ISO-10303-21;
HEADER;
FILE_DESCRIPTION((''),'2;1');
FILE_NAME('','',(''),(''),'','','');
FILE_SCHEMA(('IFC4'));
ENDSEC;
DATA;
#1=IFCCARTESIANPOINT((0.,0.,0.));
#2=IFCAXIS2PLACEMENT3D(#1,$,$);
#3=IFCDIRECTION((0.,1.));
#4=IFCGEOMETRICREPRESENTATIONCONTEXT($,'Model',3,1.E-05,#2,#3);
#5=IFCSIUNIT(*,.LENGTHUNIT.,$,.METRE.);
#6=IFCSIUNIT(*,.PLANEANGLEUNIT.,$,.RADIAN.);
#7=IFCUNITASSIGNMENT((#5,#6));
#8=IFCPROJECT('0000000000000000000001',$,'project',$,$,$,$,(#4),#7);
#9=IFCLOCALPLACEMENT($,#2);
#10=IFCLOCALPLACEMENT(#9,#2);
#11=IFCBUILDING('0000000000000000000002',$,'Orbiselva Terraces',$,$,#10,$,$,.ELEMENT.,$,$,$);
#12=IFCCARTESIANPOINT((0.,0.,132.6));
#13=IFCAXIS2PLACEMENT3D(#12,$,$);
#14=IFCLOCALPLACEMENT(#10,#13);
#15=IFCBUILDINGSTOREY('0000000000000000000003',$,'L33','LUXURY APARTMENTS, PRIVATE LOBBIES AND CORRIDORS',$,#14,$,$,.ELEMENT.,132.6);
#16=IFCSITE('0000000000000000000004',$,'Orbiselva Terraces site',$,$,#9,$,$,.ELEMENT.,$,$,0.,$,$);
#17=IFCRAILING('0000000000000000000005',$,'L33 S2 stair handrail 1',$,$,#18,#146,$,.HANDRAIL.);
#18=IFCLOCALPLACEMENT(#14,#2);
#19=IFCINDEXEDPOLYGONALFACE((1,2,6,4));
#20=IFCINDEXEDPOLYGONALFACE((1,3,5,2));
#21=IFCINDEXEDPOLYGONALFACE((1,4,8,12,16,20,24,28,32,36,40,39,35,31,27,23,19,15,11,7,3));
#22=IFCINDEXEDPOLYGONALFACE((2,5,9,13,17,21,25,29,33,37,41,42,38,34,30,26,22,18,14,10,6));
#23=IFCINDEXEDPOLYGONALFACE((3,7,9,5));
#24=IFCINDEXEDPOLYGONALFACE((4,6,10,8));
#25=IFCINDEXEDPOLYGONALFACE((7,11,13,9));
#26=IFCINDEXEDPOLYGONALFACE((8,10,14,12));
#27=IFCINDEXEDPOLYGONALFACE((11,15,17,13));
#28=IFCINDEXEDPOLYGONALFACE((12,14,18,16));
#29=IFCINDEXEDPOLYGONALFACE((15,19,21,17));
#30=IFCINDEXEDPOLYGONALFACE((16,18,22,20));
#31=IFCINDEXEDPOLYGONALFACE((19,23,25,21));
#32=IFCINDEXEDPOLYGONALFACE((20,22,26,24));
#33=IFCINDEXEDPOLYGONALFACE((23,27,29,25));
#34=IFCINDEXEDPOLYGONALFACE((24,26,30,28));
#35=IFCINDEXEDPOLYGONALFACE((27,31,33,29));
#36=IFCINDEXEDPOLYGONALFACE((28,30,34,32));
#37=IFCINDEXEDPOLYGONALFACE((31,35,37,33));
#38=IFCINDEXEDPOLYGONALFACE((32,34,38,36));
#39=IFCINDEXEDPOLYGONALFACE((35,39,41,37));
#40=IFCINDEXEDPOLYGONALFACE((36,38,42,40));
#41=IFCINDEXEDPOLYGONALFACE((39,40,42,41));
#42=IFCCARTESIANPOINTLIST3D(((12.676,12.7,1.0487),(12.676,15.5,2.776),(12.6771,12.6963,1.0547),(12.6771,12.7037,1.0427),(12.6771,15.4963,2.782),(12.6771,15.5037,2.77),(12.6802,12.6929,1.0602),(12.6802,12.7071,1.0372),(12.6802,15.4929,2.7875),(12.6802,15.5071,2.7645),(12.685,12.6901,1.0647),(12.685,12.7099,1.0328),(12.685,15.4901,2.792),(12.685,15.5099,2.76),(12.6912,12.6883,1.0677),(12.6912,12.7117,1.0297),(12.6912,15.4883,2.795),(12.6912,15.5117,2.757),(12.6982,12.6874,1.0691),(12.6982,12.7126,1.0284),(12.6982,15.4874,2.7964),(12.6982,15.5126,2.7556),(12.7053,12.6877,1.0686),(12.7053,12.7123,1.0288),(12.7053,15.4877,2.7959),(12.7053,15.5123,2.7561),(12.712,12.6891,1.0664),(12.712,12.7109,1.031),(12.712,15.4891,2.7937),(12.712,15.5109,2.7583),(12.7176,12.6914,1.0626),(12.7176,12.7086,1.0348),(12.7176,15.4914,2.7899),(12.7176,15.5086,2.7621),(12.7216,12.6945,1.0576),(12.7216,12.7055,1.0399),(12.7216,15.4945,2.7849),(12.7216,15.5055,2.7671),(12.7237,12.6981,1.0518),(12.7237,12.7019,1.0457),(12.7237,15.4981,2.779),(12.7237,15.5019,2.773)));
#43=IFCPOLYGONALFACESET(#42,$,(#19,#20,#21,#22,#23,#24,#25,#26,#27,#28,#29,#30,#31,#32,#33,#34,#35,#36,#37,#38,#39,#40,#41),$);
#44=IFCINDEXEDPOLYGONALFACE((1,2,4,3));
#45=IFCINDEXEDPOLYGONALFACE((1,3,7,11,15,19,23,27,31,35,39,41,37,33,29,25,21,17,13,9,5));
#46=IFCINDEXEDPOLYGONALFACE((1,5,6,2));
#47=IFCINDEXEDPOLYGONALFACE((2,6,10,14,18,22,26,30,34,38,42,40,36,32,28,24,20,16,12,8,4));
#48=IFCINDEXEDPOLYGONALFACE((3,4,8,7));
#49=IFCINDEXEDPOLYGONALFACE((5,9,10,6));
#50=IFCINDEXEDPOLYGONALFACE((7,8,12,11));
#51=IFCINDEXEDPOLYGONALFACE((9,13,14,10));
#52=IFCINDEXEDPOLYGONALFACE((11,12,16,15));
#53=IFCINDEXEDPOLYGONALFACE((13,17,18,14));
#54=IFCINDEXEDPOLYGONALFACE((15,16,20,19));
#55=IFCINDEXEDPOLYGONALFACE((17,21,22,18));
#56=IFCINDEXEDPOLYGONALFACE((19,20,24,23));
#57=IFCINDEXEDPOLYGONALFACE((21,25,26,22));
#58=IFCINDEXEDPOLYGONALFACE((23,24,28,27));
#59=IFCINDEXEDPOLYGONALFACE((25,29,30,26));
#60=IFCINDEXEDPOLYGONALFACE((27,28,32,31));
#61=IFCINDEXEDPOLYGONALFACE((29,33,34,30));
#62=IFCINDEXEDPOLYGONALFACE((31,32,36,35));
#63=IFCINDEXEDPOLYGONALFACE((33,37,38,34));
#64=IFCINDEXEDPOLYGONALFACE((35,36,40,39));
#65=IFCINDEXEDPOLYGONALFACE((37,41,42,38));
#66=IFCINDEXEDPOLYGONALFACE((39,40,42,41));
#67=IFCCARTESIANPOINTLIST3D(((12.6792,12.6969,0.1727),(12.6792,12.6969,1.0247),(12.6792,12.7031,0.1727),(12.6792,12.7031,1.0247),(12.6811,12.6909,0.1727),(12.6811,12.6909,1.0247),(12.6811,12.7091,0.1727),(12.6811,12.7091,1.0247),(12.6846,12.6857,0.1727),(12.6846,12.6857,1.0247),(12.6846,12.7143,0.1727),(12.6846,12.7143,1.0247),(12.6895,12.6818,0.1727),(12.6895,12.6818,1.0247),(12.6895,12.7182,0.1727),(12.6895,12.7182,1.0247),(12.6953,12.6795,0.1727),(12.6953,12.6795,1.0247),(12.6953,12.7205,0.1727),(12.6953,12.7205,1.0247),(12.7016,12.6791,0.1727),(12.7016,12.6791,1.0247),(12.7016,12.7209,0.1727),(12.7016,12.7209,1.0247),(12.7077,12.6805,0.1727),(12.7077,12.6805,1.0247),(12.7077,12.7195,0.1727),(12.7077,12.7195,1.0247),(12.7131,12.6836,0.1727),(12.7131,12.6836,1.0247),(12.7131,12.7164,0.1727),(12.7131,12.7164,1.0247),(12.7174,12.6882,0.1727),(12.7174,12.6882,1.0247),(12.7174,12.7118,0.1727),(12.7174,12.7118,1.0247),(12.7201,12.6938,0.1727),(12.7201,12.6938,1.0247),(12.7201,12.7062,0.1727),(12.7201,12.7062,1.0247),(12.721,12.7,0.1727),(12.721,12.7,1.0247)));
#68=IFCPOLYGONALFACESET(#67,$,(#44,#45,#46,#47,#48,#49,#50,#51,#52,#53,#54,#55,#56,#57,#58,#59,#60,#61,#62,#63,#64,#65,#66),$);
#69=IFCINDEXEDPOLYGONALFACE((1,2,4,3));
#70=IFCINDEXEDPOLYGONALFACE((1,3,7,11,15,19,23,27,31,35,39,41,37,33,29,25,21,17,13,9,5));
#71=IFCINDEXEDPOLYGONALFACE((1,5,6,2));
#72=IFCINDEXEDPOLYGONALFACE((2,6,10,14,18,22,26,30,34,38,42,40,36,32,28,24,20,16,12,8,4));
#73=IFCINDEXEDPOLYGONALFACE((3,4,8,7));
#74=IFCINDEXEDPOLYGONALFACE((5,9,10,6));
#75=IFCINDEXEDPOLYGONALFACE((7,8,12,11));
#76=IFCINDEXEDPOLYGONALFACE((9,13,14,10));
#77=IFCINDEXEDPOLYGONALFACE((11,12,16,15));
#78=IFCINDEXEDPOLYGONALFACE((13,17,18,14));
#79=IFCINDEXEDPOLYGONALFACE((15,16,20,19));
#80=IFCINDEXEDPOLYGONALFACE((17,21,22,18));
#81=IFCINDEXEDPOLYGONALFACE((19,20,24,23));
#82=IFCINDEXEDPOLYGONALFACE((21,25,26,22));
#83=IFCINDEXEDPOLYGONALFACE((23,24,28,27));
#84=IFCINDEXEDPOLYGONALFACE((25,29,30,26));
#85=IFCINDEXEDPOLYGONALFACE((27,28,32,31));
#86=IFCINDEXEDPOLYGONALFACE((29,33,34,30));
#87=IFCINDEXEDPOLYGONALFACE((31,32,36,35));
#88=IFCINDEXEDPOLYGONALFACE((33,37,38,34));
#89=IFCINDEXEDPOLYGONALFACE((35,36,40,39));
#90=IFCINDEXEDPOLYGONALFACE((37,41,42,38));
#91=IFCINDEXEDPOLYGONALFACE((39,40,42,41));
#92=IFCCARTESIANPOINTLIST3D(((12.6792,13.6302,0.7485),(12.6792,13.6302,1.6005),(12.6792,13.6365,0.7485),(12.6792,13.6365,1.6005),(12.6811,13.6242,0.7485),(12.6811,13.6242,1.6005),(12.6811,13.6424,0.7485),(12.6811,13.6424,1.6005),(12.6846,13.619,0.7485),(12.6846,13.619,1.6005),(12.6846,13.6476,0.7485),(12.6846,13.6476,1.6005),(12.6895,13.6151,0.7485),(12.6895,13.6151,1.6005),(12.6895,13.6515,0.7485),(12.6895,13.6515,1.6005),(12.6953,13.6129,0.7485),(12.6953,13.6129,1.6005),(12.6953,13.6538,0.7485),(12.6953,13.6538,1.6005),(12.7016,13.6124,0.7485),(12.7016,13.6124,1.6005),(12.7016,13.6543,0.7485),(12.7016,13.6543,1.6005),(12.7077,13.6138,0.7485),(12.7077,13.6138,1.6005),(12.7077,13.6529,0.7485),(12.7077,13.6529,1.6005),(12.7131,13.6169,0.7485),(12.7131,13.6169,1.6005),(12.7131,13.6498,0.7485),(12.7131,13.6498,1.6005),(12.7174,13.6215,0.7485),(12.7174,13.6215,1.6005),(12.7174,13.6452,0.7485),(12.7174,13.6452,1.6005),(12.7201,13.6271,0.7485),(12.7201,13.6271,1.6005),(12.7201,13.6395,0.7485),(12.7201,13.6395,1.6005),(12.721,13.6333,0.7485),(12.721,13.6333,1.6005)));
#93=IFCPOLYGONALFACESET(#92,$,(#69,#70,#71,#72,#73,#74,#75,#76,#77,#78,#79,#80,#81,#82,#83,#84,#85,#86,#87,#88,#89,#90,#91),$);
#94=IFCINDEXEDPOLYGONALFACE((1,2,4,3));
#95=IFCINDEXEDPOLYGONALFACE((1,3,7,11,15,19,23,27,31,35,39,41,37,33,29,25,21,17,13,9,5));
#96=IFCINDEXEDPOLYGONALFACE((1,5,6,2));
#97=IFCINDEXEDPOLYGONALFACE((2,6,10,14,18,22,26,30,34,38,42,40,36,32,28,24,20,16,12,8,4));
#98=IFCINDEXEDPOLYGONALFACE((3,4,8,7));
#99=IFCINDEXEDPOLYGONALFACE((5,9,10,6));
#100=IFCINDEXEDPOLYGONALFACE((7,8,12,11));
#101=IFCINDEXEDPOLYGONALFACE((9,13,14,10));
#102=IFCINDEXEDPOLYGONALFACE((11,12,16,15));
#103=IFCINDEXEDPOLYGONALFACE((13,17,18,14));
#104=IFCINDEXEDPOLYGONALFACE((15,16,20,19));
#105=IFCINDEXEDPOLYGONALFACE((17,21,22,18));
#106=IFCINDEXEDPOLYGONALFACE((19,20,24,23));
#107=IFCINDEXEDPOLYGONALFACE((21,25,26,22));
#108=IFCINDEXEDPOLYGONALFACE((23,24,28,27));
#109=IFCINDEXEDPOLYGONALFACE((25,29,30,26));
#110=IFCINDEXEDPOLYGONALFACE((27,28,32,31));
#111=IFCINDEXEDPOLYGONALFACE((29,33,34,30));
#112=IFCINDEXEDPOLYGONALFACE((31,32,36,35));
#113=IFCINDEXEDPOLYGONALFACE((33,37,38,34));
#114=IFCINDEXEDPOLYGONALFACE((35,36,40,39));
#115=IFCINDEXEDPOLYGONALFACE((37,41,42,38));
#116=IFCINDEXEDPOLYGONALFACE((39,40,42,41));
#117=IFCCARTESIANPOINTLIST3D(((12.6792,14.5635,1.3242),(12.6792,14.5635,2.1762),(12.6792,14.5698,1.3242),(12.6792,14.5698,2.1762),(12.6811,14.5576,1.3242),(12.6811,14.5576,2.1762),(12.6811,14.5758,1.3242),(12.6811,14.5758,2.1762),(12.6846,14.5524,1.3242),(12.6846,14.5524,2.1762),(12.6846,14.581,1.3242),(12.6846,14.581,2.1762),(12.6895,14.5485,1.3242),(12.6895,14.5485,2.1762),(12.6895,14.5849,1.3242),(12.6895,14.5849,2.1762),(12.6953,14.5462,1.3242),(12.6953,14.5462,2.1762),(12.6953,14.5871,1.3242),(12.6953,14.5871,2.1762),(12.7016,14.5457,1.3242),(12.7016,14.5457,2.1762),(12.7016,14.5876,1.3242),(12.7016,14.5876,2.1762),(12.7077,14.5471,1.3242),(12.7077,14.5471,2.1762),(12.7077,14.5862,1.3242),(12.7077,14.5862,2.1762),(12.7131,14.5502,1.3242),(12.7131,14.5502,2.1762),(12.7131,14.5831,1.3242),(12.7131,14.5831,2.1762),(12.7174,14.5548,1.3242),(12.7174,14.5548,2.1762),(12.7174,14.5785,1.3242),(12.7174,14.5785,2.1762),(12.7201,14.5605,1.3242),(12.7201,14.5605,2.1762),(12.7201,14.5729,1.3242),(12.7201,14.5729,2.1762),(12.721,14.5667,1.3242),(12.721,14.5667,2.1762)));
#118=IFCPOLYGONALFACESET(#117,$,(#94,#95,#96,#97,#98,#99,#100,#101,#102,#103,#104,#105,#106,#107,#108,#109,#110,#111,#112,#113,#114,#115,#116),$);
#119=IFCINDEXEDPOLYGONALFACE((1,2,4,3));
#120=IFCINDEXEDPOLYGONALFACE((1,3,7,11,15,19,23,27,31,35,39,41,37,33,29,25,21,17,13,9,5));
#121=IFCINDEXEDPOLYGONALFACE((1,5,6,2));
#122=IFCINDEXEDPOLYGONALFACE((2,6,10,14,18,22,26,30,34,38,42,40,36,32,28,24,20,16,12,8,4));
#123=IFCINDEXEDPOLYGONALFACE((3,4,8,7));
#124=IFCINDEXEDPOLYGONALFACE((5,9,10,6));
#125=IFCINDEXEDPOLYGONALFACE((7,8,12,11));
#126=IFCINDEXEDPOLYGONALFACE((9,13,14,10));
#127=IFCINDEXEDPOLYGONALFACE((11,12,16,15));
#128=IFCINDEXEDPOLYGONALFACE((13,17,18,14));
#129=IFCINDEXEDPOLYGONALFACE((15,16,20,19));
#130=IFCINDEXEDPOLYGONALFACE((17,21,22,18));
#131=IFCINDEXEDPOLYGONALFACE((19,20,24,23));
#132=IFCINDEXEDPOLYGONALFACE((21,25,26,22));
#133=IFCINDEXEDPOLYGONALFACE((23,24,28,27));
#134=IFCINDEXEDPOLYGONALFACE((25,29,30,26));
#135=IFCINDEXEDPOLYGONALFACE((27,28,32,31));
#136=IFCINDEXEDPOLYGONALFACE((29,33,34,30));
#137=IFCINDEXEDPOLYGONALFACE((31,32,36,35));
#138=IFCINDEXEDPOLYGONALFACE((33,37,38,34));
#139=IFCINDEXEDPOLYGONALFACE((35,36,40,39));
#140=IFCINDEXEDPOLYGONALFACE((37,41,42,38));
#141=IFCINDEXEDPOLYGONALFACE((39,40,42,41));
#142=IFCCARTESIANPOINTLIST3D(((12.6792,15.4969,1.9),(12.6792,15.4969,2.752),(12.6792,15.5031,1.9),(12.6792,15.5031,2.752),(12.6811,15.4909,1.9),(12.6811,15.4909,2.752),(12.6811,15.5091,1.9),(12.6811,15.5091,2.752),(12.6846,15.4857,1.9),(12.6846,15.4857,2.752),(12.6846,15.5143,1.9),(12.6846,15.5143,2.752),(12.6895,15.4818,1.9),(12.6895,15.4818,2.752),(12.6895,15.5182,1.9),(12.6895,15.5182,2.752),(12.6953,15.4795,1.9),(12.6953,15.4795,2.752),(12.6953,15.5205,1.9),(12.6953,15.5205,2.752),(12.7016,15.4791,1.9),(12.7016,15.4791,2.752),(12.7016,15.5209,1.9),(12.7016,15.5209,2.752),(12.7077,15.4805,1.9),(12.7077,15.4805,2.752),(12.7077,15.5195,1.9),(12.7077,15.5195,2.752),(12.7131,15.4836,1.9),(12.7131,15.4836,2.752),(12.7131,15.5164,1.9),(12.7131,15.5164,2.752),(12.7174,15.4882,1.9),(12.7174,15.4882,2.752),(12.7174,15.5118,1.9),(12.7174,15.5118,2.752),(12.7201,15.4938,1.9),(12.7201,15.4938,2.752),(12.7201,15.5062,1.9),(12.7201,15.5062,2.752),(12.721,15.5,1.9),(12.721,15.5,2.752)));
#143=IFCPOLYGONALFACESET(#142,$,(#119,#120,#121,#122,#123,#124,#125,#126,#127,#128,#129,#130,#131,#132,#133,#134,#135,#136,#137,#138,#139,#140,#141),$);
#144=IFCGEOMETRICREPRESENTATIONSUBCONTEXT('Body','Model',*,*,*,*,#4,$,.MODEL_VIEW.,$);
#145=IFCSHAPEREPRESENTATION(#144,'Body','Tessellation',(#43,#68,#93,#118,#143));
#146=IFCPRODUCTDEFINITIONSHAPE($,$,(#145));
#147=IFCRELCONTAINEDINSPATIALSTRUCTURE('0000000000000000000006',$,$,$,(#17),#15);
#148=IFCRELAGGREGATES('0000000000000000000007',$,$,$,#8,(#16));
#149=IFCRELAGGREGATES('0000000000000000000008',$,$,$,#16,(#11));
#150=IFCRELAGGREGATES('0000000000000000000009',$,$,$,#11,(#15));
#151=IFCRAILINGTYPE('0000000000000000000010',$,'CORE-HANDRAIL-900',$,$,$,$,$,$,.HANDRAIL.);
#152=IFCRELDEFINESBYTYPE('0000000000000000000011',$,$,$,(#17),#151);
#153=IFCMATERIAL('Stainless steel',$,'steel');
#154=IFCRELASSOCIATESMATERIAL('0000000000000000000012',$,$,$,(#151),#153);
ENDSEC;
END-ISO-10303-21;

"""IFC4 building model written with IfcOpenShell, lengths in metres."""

from ifc_helpers import new_model, si_unit, direction, frame, origin, origin_2d, place, context, subcontext, project, spatial, circle, extrude, material, type_object, element, save


model = new_model("IFC4")

# Units and contexts
model_context = context("Model", 3, precision=1e-05, world=origin(), true_north=direction((0.0, 1.0)))
body_context = subcontext(model_context, "Body", "Model", "MODEL_VIEW")
ifc_project = project(units=[si_unit("LENGTHUNIT", "METRE"), si_unit("PLANEANGLEUNIT", "RADIAN")], contexts=[model_context])

# Site, building, storey
site_placement = place(None, origin())
site = spatial("IfcSite", under=ifc_project, at=site_placement, Name="Orbiselva Terraces site", CompositionType="ELEMENT", RefElevation=0.0)
building_placement = place(site_placement, origin())
building = spatial("IfcBuilding", under=site, at=building_placement, Name="Orbiselva Terraces", CompositionType="ELEMENT")
storey_placement = place(building_placement, frame((0.0, 0.0, 132.6)))
storey = spatial("IfcBuildingStorey", under=building, at=storey_placement, Name="L33", Description="LUXURY APARTMENTS, PRIVATE LOBBIES AND CORRIDORS", CompositionType="ELEMENT", Elevation=132.6)

# Railing
ifc_material_1 = material(Name="Stainless steel", Category="steel")
railing_type = type_object("IfcRailingType", Name="CORE-HANDRAIL-900", PredefinedType="HANDRAIL", material=ifc_material_1)
railing_placement = place(storey_placement, frame((12.7, 12.7, 0.1727)))
element("IfcRailing", 1, at=railing_placement, inside=storey, type_object=railing_type, Name="L33 S2 stair handrail 1", PredefinedType="HANDRAIL", context=body_context, shape_type="SweptSolid", body=[
    extrude(circle(Radius=0.024, at=origin_2d()), frame((0.0, 0.0, 0.876), z_axis=(0.0, 0.851089, 0.525022), x_axis=(-1.0, 0.0, 0.0)), (0.0, 0.0, 1.0), 3.2899),
    extrude(circle(Radius=0.021, at=origin_2d()), origin(), (0.0, 0.0, 1.0), 0.852),
    extrude(circle(Radius=0.021, at=origin_2d()), frame((0.0, 0.9333, 0.5758)), (0.0, 0.0, 1.0), 0.852),
    extrude(circle(Radius=0.021, at=origin_2d()), frame((0.0, 1.8667, 1.1515)), (0.0, 0.0, 1.0), 0.852),
    extrude(circle(Radius=0.021, at=origin_2d()), frame((0.0, 2.8, 1.7273)), (0.0, 0.0, 1.0), 0.852),
])

save(model, "model.ifc")
